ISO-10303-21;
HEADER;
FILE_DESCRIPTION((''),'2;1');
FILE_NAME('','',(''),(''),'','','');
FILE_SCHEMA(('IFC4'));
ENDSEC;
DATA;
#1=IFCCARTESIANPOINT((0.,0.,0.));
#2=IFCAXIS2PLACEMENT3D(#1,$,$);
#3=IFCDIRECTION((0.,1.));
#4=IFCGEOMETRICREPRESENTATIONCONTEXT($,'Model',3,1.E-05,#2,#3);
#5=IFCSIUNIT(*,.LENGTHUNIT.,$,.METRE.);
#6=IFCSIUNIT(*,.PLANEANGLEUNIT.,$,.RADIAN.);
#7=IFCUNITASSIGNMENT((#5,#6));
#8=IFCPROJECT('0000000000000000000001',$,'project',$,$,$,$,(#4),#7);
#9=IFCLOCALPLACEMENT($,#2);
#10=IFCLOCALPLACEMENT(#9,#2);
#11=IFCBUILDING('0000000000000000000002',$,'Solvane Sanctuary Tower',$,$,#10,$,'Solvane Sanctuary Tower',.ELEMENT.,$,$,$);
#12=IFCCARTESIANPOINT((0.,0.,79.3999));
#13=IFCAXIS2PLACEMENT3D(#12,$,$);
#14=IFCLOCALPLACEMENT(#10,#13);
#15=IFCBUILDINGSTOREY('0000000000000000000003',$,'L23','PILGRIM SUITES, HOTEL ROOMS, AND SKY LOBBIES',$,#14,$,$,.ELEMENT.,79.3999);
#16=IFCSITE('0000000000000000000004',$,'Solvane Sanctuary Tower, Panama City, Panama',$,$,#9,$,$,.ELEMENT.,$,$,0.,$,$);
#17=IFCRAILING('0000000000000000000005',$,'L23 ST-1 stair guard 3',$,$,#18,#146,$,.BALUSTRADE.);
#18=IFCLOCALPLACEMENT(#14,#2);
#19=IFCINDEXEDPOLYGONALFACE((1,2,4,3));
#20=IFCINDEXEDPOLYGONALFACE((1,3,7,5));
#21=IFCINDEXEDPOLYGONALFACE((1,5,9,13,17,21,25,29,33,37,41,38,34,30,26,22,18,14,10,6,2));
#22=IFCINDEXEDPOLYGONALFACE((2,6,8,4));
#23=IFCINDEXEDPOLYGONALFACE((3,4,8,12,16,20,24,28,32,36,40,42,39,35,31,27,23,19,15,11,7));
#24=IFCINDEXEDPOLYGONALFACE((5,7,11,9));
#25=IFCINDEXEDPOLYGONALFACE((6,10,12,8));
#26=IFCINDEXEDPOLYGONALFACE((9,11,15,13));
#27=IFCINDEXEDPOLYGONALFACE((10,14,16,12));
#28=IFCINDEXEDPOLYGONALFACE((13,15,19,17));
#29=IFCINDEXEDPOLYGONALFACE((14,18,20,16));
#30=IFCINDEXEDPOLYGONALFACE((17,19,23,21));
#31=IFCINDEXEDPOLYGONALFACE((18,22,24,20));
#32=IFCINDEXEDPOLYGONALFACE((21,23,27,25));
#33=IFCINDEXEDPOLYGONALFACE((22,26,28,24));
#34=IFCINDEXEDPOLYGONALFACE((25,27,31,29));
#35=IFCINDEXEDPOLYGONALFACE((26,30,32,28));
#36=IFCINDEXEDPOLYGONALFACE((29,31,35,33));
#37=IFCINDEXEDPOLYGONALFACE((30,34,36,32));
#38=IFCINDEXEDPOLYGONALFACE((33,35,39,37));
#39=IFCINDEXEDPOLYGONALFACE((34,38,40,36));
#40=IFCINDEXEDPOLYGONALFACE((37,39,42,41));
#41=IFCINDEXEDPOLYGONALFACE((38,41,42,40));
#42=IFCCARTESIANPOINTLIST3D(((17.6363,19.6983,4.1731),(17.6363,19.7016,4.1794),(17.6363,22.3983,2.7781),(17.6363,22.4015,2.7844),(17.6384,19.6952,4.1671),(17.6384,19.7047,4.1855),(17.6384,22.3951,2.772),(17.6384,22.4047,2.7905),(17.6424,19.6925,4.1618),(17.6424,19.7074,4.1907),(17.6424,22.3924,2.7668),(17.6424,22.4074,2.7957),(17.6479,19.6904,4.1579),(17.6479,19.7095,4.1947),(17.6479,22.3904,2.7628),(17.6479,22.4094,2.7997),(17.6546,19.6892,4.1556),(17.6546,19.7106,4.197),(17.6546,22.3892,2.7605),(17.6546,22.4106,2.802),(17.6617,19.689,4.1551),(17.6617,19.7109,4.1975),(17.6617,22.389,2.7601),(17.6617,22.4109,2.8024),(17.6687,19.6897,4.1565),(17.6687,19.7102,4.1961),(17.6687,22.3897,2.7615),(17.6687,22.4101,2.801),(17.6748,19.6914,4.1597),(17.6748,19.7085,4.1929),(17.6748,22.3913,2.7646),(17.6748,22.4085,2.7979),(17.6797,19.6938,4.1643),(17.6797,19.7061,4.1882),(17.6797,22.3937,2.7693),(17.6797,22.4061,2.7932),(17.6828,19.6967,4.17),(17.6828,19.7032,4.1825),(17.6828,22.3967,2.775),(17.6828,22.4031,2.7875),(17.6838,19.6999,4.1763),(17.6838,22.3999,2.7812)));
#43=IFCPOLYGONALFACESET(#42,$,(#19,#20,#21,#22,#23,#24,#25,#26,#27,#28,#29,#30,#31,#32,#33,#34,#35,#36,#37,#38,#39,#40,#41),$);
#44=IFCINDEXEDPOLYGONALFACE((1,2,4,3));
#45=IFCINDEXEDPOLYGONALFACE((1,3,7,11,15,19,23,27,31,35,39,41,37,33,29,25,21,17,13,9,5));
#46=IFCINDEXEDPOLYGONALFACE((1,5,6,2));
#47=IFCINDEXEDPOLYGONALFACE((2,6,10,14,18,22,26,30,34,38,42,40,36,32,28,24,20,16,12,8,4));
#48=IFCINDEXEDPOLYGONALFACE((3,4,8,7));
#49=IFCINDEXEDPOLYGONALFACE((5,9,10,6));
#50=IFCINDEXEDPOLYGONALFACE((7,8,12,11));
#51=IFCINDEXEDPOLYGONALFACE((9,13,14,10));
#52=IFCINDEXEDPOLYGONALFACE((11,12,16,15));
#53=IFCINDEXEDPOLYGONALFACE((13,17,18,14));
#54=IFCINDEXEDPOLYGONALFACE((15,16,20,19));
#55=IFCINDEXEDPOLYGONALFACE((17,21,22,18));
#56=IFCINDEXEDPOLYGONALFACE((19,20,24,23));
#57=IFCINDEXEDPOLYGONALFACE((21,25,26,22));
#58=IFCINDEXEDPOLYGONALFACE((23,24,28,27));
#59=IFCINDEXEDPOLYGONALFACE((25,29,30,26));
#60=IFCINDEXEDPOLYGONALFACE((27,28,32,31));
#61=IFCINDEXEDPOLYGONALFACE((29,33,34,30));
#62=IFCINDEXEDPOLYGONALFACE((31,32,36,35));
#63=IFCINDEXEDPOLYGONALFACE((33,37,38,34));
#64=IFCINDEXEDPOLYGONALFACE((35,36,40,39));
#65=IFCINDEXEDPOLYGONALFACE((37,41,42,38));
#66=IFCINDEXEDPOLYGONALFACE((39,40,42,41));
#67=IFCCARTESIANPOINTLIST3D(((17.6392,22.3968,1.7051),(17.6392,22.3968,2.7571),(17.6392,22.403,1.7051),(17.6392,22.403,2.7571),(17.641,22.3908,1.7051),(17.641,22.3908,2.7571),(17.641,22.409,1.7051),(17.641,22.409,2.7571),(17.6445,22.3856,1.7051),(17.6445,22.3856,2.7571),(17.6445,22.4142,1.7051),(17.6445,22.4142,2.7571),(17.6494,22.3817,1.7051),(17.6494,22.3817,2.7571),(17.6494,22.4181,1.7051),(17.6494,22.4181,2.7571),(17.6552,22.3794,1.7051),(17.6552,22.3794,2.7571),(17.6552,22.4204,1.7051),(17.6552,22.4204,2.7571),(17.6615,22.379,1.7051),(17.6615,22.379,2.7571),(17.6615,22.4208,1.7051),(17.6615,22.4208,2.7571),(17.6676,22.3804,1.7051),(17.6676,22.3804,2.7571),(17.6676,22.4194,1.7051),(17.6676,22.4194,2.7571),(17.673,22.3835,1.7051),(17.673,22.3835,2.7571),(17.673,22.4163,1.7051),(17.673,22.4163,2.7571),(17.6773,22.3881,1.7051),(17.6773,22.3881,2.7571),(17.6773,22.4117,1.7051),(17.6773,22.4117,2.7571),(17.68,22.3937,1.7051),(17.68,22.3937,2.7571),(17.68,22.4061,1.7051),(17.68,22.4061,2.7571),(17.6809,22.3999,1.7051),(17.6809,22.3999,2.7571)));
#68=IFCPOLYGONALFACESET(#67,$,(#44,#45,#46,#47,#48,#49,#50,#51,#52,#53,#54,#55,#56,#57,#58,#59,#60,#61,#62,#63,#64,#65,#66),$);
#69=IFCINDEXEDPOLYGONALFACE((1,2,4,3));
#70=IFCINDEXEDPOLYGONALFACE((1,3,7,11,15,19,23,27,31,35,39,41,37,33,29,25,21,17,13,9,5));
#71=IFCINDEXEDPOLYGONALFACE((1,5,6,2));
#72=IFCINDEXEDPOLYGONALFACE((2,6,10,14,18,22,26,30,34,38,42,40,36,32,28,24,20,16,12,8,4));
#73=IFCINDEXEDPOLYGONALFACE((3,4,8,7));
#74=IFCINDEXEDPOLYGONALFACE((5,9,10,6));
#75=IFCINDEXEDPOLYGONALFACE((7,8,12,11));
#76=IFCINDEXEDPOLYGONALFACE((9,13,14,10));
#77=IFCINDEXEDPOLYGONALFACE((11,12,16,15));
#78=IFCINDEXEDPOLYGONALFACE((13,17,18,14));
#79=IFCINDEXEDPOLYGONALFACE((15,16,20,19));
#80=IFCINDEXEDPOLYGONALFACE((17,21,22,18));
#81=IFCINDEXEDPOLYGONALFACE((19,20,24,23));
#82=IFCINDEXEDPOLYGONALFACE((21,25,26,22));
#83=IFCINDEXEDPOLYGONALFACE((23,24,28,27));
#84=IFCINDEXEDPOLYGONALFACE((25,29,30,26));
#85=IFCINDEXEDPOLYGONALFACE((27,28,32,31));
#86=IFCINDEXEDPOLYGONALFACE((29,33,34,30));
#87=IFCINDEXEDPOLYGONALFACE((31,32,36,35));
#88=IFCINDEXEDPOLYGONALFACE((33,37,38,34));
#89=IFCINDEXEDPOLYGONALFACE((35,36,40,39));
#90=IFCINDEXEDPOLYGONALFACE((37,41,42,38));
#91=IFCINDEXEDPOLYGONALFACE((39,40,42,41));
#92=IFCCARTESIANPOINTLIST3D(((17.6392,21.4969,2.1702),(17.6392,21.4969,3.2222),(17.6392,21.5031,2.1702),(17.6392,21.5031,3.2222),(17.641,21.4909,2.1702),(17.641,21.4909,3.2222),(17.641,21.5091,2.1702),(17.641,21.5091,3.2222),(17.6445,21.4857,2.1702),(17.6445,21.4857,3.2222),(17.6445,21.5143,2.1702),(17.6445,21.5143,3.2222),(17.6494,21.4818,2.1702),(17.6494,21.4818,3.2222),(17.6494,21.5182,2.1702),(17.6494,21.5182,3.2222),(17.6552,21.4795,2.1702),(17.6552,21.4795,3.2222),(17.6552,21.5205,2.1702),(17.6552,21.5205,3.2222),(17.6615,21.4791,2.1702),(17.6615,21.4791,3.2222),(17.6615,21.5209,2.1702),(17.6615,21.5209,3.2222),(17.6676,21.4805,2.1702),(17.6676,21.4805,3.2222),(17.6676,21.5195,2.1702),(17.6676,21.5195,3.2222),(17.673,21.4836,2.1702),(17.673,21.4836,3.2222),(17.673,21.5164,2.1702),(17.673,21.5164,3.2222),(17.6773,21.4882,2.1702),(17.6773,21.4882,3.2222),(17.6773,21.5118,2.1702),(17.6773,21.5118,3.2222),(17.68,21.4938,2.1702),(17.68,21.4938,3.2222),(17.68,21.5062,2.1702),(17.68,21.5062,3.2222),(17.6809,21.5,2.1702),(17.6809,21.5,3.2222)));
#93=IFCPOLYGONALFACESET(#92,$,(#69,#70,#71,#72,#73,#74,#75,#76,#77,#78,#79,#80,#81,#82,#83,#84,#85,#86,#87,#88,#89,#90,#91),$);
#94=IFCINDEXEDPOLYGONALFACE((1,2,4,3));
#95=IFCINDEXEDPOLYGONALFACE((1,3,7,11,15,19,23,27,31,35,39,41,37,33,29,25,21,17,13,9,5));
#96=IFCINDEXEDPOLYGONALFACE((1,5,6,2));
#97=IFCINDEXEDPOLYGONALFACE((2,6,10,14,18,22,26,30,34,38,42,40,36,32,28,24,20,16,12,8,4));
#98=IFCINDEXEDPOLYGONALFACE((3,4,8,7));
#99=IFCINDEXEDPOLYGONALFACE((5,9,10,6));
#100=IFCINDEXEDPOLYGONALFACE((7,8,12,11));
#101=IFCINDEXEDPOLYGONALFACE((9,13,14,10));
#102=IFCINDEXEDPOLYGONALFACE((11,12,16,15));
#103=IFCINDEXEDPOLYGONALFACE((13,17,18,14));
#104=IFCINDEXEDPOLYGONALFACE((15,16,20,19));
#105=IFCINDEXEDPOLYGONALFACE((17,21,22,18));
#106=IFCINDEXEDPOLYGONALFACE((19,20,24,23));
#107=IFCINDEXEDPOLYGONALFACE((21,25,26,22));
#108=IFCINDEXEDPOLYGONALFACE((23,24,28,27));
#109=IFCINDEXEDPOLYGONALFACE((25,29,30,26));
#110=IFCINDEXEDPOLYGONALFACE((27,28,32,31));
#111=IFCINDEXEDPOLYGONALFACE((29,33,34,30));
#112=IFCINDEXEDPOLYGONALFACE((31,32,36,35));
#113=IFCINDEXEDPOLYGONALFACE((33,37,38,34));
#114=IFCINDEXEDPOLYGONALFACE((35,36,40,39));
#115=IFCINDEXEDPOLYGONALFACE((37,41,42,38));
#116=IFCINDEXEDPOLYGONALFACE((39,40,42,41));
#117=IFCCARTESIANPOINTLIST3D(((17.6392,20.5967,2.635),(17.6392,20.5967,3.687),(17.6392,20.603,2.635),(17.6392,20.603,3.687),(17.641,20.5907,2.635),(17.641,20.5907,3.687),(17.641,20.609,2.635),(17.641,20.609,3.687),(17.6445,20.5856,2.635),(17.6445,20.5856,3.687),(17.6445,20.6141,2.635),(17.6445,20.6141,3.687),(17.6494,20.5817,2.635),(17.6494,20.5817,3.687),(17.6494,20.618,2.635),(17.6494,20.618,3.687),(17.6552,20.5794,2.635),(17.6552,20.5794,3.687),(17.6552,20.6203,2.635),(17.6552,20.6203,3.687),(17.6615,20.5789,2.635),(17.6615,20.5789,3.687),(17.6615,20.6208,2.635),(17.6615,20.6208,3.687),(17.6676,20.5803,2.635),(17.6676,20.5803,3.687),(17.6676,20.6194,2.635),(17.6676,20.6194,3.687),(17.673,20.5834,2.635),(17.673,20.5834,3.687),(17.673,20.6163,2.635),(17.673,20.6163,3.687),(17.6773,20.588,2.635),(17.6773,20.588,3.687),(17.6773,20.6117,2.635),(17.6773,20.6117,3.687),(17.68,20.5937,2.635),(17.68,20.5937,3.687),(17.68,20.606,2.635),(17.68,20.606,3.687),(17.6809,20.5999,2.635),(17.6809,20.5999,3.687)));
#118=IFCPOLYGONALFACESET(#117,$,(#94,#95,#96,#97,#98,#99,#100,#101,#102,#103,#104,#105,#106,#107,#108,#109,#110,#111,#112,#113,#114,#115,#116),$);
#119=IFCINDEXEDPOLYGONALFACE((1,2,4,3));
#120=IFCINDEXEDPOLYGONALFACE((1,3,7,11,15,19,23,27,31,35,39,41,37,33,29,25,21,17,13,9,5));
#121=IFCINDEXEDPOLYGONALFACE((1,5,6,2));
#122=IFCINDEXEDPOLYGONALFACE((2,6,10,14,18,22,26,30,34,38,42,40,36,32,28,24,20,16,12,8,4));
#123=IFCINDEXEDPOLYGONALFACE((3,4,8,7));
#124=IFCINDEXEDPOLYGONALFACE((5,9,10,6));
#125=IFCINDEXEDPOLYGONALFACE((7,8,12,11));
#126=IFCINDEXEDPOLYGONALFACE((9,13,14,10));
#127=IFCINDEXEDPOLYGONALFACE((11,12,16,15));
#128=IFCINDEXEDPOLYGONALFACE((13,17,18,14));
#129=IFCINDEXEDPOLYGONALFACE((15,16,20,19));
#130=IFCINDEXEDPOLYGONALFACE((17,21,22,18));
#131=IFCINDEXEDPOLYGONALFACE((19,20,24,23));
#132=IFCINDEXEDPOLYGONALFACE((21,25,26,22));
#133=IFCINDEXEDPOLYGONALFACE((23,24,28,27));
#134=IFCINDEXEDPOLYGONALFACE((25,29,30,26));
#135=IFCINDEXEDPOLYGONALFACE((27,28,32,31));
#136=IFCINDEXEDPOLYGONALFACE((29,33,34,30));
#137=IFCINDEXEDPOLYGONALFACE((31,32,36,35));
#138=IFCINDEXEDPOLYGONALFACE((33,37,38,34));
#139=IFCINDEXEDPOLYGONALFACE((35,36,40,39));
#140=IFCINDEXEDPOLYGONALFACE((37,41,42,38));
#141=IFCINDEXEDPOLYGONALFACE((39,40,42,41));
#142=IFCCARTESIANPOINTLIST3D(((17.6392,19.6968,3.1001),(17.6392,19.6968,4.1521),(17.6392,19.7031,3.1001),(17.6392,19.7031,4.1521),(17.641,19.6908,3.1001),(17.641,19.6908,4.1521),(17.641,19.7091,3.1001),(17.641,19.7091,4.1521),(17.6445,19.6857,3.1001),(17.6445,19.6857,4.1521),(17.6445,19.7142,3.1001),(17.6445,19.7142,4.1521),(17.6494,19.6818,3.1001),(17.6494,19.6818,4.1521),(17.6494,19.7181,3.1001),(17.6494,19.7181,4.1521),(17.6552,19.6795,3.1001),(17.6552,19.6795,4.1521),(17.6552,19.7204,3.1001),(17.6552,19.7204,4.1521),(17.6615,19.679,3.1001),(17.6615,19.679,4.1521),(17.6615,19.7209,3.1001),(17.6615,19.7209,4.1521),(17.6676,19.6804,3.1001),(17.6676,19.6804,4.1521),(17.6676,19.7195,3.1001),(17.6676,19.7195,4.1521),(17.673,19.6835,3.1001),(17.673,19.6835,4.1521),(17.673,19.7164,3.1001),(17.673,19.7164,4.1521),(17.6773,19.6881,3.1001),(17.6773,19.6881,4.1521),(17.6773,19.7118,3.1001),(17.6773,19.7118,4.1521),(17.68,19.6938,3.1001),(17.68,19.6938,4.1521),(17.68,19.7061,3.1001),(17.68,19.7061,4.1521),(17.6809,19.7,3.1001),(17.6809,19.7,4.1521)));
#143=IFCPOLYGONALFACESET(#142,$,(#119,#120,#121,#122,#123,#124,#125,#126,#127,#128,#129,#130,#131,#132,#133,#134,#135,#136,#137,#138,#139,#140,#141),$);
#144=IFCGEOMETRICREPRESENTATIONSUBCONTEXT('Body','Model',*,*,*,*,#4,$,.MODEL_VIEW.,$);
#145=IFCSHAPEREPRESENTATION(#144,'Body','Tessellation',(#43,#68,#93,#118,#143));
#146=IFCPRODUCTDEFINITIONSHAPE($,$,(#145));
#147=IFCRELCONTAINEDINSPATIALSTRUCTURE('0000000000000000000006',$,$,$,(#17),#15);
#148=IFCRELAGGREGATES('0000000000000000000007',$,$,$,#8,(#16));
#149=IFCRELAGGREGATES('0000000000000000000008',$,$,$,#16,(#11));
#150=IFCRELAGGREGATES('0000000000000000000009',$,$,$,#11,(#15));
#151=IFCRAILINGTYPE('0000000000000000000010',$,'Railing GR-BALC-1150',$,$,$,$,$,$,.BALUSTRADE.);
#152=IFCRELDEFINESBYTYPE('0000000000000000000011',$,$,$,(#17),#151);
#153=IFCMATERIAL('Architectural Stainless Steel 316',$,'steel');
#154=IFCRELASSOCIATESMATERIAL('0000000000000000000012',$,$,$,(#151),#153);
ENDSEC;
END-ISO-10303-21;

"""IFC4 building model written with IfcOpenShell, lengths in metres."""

from ifc_helpers import new_model, si_unit, direction, frame, origin, origin_2d, place, context, subcontext, project, spatial, circle, extrude, material, type_object, element, save


model = new_model("IFC4")

# Units and contexts
model_context = context("Model", 3, precision=1e-05, world=origin(), true_north=direction((0.0, 1.0)))
body_context = subcontext(model_context, "Body", "Model", "MODEL_VIEW")
ifc_project = project(units=[si_unit("LENGTHUNIT", "METRE"), si_unit("PLANEANGLEUNIT", "RADIAN")], contexts=[model_context])

# Site, building, storey
site_placement = place(None, origin())
site = spatial("IfcSite", under=ifc_project, at=site_placement, Name="Solvane Sanctuary Tower, Panama City, Panama", CompositionType="ELEMENT", RefElevation=0.0)
building_placement = place(site_placement, origin())
building = spatial("IfcBuilding", under=site, at=building_placement, Name="Solvane Sanctuary Tower", LongName="Solvane Sanctuary Tower", CompositionType="ELEMENT")
storey_placement = place(building_placement, frame((0.0, 0.0, 79.3999)))
storey = spatial("IfcBuildingStorey", under=building, at=storey_placement, Name="L23", Description="PILGRIM SUITES, HOTEL ROOMS, AND SKY LOBBIES", CompositionType="ELEMENT", Elevation=79.3999)

# Railing
ifc_material_1 = material(Name="Architectural Stainless Steel 316", Category="steel")
railing_type_1 = type_object("IfcRailingType", Name="Railing GR-BALC-1150", PredefinedType="BALUSTRADE", material=ifc_material_1)
railing_1_placement = place(storey_placement, frame((17.6599, 22.3999, 1.7051)))
element("IfcRailing", 1, at=railing_1_placement, inside=storey, type_object=railing_type_1, Name="L23 ST-1 stair guard 3", PredefinedType="BALUSTRADE", context=body_context, shape_type="SweptSolid", body=[
    extrude(circle(Radius=0.0239, at=origin_2d()), frame((0.0, 0.0, 1.0762), z_axis=(0.0, -0.88842, 0.459032), x_axis=(1.0, 0.0, 0.0)), (0.0, 0.0, 1.0), 3.0391),
    extrude(circle(Radius=0.021, at=origin_2d()), origin(), (0.0, 0.0, 1.0), 1.052),
    extrude(circle(Radius=0.021, at=origin_2d()), frame((0.0, -0.8999, 0.4651)), (0.0, 0.0, 1.0), 1.052),
    extrude(circle(Radius=0.021, at=origin_2d()), frame((0.0, -1.8, 0.9299)), (0.0, 0.0, 1.0), 1.052),
    extrude(circle(Radius=0.021, at=origin_2d()), frame((0.0, -2.7, 1.395)), (0.0, 0.0, 1.0), 1.052),
])

save(model, "model.ifc")
